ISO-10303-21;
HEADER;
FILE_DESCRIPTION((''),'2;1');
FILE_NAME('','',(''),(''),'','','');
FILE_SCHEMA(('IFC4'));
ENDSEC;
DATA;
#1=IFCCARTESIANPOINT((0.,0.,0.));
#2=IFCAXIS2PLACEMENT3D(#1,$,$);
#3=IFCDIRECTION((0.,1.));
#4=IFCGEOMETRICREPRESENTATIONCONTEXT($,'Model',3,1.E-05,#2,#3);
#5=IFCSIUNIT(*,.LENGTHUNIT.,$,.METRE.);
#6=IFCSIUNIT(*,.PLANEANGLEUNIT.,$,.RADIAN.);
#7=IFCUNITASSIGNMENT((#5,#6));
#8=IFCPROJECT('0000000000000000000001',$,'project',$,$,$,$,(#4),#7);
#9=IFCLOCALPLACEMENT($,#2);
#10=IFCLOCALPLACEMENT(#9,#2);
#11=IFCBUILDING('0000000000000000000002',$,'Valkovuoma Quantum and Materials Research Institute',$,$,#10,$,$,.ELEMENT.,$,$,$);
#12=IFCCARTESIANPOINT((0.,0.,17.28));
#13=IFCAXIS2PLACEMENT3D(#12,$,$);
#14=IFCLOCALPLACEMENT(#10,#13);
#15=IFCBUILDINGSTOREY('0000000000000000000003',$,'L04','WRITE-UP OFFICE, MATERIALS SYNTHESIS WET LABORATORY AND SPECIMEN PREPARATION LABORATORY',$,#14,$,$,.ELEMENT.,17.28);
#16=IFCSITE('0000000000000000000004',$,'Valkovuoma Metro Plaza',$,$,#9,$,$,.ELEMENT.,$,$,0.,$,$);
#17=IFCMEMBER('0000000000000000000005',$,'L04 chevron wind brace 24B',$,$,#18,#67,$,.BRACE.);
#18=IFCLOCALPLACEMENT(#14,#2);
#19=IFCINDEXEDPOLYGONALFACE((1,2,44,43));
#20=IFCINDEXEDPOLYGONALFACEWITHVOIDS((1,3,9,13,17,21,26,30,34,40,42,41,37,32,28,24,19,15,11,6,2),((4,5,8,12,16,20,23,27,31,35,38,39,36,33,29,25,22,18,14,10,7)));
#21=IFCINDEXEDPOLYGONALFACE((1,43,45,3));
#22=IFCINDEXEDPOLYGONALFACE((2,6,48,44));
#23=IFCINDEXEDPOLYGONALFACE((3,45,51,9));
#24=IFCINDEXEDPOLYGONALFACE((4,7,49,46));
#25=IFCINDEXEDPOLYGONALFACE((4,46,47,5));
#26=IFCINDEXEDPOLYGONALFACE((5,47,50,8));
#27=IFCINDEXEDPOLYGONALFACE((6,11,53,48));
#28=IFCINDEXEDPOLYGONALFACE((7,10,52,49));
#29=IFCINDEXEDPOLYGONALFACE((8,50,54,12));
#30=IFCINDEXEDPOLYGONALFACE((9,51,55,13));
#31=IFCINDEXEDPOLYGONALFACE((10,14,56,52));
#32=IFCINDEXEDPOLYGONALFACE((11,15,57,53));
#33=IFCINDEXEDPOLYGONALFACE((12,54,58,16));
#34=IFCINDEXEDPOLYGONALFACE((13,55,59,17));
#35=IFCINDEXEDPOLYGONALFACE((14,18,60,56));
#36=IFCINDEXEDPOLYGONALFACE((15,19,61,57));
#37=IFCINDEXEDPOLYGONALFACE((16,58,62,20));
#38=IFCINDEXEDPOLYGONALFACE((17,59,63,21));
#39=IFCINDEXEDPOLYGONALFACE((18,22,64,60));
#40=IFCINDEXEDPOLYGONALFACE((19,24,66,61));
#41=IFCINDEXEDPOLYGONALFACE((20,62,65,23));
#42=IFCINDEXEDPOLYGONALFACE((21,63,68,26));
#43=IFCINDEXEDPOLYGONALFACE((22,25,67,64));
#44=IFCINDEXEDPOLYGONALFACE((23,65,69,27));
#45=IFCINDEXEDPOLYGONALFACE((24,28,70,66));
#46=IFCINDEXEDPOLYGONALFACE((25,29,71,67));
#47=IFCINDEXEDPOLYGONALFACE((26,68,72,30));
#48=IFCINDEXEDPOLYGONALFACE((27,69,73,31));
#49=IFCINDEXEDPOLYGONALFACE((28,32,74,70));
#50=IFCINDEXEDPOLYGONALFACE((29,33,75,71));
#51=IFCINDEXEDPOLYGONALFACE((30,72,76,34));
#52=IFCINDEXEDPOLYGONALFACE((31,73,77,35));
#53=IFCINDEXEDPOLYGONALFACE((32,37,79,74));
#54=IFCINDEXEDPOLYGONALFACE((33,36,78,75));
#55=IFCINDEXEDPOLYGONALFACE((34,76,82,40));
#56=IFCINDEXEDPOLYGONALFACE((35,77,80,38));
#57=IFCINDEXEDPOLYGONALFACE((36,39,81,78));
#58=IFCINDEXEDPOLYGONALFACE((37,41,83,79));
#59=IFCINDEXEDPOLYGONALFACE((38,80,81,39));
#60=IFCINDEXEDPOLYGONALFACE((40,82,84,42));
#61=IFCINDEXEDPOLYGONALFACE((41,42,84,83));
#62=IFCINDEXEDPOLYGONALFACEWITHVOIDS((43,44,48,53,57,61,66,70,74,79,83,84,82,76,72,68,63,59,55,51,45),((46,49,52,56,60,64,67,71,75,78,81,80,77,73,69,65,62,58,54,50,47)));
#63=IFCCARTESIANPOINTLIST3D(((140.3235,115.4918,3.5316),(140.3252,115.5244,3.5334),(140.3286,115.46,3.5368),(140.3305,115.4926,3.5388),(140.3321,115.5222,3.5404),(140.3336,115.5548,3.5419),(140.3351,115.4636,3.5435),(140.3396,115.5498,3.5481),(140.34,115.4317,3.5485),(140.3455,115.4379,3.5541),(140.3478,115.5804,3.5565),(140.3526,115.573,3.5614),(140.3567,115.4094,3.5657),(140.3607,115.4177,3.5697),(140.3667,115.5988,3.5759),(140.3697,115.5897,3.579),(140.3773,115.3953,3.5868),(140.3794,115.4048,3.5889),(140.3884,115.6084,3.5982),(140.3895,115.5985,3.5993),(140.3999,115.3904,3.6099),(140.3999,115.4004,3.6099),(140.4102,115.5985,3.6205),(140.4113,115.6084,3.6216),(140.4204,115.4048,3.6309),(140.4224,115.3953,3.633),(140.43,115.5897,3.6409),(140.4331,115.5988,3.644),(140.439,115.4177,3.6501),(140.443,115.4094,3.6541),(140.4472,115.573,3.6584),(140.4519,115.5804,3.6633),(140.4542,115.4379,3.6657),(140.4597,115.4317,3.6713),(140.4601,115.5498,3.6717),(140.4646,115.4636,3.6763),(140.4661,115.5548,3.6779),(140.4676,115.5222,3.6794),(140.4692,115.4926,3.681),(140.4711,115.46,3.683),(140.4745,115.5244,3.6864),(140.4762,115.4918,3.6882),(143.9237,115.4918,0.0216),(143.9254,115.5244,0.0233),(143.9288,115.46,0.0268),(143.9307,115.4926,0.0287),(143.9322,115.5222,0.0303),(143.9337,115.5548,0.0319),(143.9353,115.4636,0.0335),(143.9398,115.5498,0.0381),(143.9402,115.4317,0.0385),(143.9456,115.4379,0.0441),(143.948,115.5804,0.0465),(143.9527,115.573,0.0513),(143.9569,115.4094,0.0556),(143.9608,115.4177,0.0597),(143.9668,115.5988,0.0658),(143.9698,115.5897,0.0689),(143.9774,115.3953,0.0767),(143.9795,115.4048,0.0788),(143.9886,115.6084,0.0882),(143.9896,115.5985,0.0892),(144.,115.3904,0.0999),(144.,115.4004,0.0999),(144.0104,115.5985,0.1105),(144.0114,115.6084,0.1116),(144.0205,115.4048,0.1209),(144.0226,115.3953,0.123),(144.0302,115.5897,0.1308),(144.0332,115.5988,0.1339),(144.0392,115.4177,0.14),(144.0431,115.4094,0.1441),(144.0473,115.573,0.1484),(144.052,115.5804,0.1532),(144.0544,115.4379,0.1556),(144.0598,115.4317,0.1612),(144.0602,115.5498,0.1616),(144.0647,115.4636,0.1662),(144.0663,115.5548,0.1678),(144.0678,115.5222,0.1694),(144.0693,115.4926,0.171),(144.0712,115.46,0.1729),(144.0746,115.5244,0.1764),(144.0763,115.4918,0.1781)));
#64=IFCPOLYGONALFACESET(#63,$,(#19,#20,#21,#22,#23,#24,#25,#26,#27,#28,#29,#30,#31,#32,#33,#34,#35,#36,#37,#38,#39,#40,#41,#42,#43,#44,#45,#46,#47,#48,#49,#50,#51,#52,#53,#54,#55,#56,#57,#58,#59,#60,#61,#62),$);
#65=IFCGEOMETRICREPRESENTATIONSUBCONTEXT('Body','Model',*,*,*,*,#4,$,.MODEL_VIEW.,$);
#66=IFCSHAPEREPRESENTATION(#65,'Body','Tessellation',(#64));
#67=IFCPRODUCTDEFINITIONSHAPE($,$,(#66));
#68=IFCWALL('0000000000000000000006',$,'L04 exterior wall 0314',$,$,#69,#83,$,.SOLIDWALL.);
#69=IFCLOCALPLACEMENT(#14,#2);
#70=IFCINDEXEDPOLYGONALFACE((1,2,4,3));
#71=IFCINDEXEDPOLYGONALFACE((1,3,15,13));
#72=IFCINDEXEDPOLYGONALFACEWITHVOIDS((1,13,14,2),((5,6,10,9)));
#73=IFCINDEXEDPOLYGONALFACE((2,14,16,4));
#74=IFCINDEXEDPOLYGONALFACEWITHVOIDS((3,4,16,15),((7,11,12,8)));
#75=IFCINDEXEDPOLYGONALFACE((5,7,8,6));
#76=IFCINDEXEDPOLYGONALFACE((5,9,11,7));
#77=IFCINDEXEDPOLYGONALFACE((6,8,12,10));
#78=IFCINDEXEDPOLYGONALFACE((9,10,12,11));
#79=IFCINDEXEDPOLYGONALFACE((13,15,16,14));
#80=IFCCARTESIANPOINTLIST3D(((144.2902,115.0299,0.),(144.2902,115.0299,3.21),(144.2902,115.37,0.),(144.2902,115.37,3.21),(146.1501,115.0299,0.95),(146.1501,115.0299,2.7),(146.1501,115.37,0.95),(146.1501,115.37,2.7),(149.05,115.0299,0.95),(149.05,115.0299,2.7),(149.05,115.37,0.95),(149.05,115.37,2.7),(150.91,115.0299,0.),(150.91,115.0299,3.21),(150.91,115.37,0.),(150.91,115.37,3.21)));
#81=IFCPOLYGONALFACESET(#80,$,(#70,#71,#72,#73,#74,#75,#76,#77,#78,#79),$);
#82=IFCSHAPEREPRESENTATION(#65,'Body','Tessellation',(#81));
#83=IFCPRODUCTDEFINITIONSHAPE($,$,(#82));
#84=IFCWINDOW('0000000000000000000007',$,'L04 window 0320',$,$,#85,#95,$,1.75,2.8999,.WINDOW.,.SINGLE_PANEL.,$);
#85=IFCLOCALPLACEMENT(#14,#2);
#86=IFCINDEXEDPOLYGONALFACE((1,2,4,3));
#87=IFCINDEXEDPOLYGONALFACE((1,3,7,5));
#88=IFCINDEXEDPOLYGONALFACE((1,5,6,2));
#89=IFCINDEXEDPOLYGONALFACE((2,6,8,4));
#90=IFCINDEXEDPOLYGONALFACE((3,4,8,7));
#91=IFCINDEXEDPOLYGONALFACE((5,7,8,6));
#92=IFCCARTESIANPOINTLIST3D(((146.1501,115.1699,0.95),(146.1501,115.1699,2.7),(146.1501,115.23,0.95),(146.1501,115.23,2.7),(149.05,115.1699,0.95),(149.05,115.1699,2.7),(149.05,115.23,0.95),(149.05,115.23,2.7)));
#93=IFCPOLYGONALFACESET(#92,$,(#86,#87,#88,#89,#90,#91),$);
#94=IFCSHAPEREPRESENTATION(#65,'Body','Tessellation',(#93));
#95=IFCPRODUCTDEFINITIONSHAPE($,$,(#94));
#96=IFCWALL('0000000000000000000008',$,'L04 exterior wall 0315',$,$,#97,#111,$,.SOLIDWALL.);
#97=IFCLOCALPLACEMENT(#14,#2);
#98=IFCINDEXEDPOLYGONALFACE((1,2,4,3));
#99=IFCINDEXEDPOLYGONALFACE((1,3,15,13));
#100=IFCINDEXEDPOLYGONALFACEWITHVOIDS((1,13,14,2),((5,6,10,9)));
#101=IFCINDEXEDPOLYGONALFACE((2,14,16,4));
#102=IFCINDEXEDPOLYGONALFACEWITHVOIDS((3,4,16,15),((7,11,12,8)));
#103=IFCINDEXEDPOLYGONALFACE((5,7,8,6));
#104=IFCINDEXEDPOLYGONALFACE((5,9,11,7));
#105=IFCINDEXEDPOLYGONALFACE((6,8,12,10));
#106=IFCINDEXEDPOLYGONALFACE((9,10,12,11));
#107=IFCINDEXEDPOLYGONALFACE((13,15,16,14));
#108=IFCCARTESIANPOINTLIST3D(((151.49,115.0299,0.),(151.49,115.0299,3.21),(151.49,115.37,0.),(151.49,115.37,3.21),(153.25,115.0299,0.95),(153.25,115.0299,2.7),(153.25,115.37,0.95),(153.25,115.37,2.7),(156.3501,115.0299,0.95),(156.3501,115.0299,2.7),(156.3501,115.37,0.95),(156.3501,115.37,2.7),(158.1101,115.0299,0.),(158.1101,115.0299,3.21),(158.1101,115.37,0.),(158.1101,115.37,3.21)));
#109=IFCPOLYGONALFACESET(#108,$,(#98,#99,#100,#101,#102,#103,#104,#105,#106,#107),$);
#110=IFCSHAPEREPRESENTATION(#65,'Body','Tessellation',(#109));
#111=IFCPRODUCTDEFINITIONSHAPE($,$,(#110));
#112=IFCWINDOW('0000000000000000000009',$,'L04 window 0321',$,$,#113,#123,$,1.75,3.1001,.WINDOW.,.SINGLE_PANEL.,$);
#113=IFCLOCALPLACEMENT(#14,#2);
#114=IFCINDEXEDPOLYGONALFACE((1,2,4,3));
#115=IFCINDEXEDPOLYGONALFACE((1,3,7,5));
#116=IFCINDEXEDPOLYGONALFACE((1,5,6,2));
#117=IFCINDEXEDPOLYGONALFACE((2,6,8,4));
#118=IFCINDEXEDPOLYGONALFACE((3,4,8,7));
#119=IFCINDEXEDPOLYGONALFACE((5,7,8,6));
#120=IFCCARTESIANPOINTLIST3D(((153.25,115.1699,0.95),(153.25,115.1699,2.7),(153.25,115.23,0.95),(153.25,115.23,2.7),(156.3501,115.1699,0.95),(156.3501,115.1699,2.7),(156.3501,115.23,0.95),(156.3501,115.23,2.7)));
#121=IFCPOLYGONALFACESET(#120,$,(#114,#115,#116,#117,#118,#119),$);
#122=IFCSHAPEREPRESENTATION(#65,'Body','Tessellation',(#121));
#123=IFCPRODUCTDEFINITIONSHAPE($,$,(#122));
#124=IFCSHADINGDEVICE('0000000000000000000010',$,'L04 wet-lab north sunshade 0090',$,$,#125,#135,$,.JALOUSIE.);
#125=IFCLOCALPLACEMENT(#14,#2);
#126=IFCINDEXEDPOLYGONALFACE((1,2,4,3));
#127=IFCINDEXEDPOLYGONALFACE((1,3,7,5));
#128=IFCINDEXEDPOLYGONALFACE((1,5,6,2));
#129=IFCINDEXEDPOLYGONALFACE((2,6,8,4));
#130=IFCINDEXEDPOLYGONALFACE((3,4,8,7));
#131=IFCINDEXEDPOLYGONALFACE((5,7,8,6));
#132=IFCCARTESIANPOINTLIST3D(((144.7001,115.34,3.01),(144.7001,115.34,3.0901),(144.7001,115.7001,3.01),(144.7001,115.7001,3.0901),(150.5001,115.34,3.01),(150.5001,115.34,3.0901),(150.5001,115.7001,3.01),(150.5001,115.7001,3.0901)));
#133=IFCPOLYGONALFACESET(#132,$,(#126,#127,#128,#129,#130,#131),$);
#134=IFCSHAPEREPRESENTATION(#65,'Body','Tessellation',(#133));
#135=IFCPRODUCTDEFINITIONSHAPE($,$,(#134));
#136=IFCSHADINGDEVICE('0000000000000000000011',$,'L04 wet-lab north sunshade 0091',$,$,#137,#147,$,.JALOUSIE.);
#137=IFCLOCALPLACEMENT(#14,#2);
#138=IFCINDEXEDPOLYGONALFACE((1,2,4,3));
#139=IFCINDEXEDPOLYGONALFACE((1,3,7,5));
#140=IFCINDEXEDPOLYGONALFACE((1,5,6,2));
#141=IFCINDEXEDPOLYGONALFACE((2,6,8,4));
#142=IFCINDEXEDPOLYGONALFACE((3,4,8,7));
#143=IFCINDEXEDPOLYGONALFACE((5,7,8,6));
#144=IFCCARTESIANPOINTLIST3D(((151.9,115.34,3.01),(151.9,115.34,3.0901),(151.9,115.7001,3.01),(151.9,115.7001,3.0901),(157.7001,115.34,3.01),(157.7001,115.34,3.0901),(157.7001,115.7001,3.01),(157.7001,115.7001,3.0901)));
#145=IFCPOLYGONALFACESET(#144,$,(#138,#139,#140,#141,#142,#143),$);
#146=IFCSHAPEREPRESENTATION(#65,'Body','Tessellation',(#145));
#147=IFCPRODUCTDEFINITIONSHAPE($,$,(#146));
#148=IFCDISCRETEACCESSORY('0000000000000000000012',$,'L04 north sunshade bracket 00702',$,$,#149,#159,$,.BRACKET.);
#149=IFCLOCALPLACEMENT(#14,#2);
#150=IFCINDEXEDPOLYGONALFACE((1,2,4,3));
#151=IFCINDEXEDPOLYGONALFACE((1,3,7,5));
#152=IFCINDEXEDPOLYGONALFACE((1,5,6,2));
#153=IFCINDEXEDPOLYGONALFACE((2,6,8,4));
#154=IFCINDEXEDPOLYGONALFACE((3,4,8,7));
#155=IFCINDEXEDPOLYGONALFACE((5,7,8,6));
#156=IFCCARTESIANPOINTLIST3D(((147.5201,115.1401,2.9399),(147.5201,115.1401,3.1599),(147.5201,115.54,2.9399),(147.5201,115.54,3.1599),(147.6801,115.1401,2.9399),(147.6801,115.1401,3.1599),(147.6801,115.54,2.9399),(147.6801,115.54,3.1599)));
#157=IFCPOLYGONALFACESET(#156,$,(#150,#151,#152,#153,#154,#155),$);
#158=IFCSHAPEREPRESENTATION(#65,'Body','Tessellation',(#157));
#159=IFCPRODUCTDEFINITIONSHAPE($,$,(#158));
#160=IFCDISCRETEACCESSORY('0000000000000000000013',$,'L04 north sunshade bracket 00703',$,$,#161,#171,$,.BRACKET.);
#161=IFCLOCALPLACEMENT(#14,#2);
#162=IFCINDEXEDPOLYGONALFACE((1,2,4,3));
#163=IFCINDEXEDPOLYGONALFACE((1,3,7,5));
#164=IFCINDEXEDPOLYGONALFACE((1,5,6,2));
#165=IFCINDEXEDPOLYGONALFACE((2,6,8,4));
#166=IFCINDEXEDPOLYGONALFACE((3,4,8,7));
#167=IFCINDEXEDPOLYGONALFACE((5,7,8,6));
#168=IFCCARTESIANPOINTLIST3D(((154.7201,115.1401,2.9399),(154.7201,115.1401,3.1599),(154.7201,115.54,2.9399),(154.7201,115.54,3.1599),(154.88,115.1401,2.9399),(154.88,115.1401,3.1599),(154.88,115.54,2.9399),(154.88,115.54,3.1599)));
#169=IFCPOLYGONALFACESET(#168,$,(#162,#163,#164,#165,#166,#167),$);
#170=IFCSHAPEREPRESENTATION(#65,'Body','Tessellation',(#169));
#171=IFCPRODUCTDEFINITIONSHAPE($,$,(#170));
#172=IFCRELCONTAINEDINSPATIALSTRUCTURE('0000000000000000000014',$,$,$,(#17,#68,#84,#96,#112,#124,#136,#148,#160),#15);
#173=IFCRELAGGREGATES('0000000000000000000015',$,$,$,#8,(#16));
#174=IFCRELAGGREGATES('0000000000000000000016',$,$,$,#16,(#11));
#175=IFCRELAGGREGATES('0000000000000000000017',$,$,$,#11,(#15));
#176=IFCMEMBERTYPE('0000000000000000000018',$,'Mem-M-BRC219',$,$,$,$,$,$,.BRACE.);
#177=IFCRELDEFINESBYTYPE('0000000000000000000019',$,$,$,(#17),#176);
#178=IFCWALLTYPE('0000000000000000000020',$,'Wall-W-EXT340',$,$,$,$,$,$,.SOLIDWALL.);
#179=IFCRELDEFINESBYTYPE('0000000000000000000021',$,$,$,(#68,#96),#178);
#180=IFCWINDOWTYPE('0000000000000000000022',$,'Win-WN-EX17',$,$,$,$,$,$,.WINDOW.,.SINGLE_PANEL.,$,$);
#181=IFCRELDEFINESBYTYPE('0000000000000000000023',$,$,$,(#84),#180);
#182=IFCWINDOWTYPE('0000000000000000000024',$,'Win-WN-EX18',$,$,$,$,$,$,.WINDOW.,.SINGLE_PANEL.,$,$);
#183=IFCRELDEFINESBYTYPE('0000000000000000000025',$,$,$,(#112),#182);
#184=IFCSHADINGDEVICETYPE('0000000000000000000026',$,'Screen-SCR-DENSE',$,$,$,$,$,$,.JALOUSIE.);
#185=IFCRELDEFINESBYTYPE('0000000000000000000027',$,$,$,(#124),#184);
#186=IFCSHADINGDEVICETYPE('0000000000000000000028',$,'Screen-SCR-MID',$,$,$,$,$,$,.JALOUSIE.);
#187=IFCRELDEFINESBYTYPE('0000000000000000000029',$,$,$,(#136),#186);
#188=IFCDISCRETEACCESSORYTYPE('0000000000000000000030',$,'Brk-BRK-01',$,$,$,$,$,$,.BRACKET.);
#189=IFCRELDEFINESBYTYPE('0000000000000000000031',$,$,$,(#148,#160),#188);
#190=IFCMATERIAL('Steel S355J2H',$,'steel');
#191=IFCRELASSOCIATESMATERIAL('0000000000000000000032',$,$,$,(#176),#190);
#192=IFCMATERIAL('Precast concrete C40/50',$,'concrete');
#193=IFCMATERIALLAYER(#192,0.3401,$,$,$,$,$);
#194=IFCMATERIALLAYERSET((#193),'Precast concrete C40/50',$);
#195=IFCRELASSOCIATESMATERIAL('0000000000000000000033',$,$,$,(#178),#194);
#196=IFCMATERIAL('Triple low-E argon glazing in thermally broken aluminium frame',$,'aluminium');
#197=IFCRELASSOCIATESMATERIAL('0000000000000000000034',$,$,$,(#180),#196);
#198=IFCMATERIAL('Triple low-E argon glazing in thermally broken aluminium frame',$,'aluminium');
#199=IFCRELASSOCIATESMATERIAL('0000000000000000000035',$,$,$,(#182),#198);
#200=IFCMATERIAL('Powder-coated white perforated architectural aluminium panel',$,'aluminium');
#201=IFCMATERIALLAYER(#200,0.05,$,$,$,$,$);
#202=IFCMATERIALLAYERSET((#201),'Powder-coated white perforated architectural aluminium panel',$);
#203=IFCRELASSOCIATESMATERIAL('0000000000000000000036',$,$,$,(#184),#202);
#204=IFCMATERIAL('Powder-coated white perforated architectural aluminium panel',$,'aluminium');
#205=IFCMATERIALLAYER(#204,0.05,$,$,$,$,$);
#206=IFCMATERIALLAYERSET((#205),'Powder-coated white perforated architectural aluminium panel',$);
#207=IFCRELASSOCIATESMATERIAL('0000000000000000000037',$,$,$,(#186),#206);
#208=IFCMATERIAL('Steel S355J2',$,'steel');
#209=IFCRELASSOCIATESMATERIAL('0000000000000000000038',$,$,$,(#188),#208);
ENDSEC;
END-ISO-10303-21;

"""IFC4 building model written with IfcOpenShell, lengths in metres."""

from ifc_helpers import new_model, si_unit, direction, frame, frame_2d, origin, origin_2d, place, context, subcontext, project, spatial, rectangle, hollow_circle, extrude, material, layer, layer_set, material_profile, profile_set, type_object, element, fill, save


model = new_model("IFC4")

# Units and contexts
model_context = context("Model", 3, precision=1e-05, world=origin(), true_north=direction((0.0, 1.0)))
body_context = subcontext(model_context, "Body", "Model", "MODEL_VIEW")
ifc_project = project(units=[si_unit("LENGTHUNIT", "METRE"), si_unit("PLANEANGLEUNIT", "RADIAN")], contexts=[model_context])

# Site, building, storey
site_placement = place(None, origin())
site = spatial("IfcSite", under=ifc_project, at=site_placement, Name="Valkovuoma Metro Plaza", CompositionType="ELEMENT", RefElevation=0.0)
building_placement = place(site_placement, origin())
building = spatial("IfcBuilding", under=site, at=building_placement, Name="Valkovuoma Quantum and Materials Research Institute", CompositionType="ELEMENT")
storey_placement = place(building_placement, frame((0.0, 0.0, 17.28)))
storey = spatial("IfcBuildingStorey", under=building, at=storey_placement, Name="L04", Description="WRITE-UP OFFICE, MATERIALS SYNTHESIS WET LABORATORY AND SPECIMEN PREPARATION LABORATORY", CompositionType="ELEMENT", Elevation=17.28)

# Member
ifc_material_1 = material(Name="Steel S355J2H", Category="steel")
ifc_material_profile_1 = material_profile(ifc_material_1, hollow_circle(Radius=0.1096, WallThickness=0.01, at=origin_2d()), Name="Steel S355J2H")
ifc_profile_set_1 = profile_set([ifc_material_profile_1], Name="Steel S355J2H")
member_type = type_object("IfcMemberType", Name="Mem-M-BRC219", PredefinedType="BRACE", material=ifc_profile_set_1)
member_placement = place(storey_placement, frame((144.0, 115.5, 0.0999), z_axis=(-0.716009, 0.0, 0.698091), x_axis=(0.0, -1.0, 0.0)))
element("IfcMember", 1, at=member_placement, inside=storey, type_object=member_type, Name="L04 chevron wind brace 24B", PredefinedType="BRACE", context=body_context, shape_type="SweptSolid", body=[
    extrude(hollow_circle(Radius=0.1096, WallThickness=0.01, at=origin_2d()), origin(), (0.0, 0.0, 1.0), 5.0281),
])

# Walls, openings, windows
ifc_material_2 = material(Name="Precast concrete C40/50", Category="concrete")
ifc_layer_1 = layer(ifc_material_2, 0.3401)
ifc_layer_set_1 = layer_set([ifc_layer_1], Name="Precast concrete C40/50")
wall_type = type_object("IfcWallType", Name="Wall-W-EXT340", PredefinedType="SOLIDWALL", material=ifc_layer_set_1)
wall_1_placement = place(storey_placement, frame((144.29, 115.2, 0.0), z_axis=(0.0, 0.0, 1.0), x_axis=(1.0, 0.0, 0.0)))
wall_1 = element("IfcWall", 2, at=wall_1_placement, inside=storey, type_object=wall_type, Name="L04 exterior wall 0314", PredefinedType="SOLIDWALL", context=body_context, shape_type="SweptSolid", body=[
    extrude(rectangle(XDim=6.6199, YDim=0.3401, at=frame_2d((3.3101, 0.0))), origin(), (0.0, 0.0, 1.0), 3.21),
])
opening_1_placement = place(wall_1_placement, frame((1.8601, 0.0, 0.95)))
opening_1 = element("IfcOpeningElement", 3, at=opening_1_placement, cuts=wall_1, PredefinedType="OPENING", context=body_context, shape_type="SweptSolid", body=[
    extrude(rectangle(XDim=2.8999, YDim=1.75, at=frame_2d((1.45, 0.875))), frame((0.0, 0.1802, 0.0), z_axis=(0.0, -1.0, 0.0), x_axis=(1.0, 0.0, 0.0)), (0.0, 0.0, 1.0), 0.3601),
])
ifc_material_3 = material(Name="Triple low-E argon glazing in thermally broken aluminium frame", Category="aluminium")
window_type_1 = type_object("IfcWindowType", Name="Win-WN-EX17", PartitioningType="SINGLE_PANEL", PredefinedType="WINDOW", material=ifc_material_3)
window_1_placement = place(opening_1_placement, origin())
window_1 = element("IfcWindow", 4, at=window_1_placement, inside=storey, type_object=window_type_1, Name="L04 window 0320", OverallHeight=1.75, OverallWidth=2.8999, PartitioningType="SINGLE_PANEL", PredefinedType="WINDOW", context=body_context, shape_type="SweptSolid", body=[
    extrude(rectangle(XDim=2.8999, YDim=1.75, at=frame_2d((1.45, 0.875))), frame((0.0, 0.03, 0.0), z_axis=(0.0, -1.0, 0.0), x_axis=(1.0, 0.0, 0.0)), (0.0, 0.0, 1.0), 0.0601),
])
fill(opening_1, window_1)
wall_2_placement = place(storey_placement, frame((151.49, 115.2, 0.0), z_axis=(0.0, 0.0, 1.0), x_axis=(1.0, 0.0, 0.0)))
wall_2 = element("IfcWall", 5, at=wall_2_placement, inside=storey, type_object=wall_type, Name="L04 exterior wall 0315", PredefinedType="SOLIDWALL", context=body_context, shape_type="SweptSolid", body=[
    extrude(rectangle(XDim=6.6201, YDim=0.3401, at=frame_2d((3.3101, 0.0))), origin(), (0.0, 0.0, 1.0), 3.21),
])
opening_2_placement = place(wall_2_placement, frame((1.76, 0.0, 0.95)))
opening_2 = element("IfcOpeningElement", 6, at=opening_2_placement, cuts=wall_2, PredefinedType="OPENING", context=body_context, shape_type="SweptSolid", body=[
    extrude(rectangle(XDim=3.1001, YDim=1.75, at=frame_2d((1.55, 0.875))), frame((0.0, 0.1802, 0.0), z_axis=(0.0, -1.0, 0.0), x_axis=(1.0, 0.0, 0.0)), (0.0, 0.0, 1.0), 0.3601),
])
ifc_material_4 = material(Name="Triple low-E argon glazing in thermally broken aluminium frame", Category="aluminium")
window_type_2 = type_object("IfcWindowType", Name="Win-WN-EX18", PartitioningType="SINGLE_PANEL", PredefinedType="WINDOW", material=ifc_material_4)
window_2_placement = place(opening_2_placement, origin())
window_2 = element("IfcWindow", 7, at=window_2_placement, inside=storey, type_object=window_type_2, Name="L04 window 0321", OverallHeight=1.75, OverallWidth=3.1001, PartitioningType="SINGLE_PANEL", PredefinedType="WINDOW", context=body_context, shape_type="SweptSolid", body=[
    extrude(rectangle(XDim=3.1001, YDim=1.75, at=frame_2d((1.55, 0.875))), frame((0.0, 0.03, 0.0), z_axis=(0.0, -1.0, 0.0), x_axis=(1.0, 0.0, 0.0)), (0.0, 0.0, 1.0), 0.0601),
])
fill(opening_2, window_2)

# Shading devices
ifc_material_5 = material(Name="Powder-coated white perforated architectural aluminium panel", Category="aluminium")
ifc_layer_2 = layer(ifc_material_5, 0.05)
ifc_layer_set_2 = layer_set([ifc_layer_2], Name="Powder-coated white perforated architectural aluminium panel")
shading_device_type_1 = type_object("IfcShadingDeviceType", Name="Screen-SCR-DENSE", PredefinedType="JALOUSIE", material=ifc_layer_set_2)
shading_device_1_placement = place(storey_placement, frame((147.6001, 115.52, 3.01), z_axis=(0.0, 0.0, 1.0), x_axis=(1.0, 0.0, 0.0)))
element("IfcShadingDevice", 8, at=shading_device_1_placement, inside=storey, type_object=shading_device_type_1, Name="L04 wet-lab north sunshade 0090", PredefinedType="JALOUSIE", context=body_context, shape_type="SweptSolid", body=[
    extrude(rectangle(XDim=5.8, YDim=0.3601, at=origin_2d()), origin(), (0.0, 0.0, 1.0), 0.0801),
])
ifc_material_6 = material(Name="Powder-coated white perforated architectural aluminium panel", Category="aluminium")
ifc_layer_3 = layer(ifc_material_6, 0.05)
ifc_layer_set_3 = layer_set([ifc_layer_3], Name="Powder-coated white perforated architectural aluminium panel")
shading_device_type_2 = type_object("IfcShadingDeviceType", Name="Screen-SCR-MID", PredefinedType="JALOUSIE", material=ifc_layer_set_3)
shading_device_2_placement = place(storey_placement, frame((154.8, 115.52, 3.01), z_axis=(0.0, 0.0, 1.0), x_axis=(1.0, 0.0, 0.0)))
element("IfcShadingDevice", 9, at=shading_device_2_placement, inside=storey, type_object=shading_device_type_2, Name="L04 wet-lab north sunshade 0091", PredefinedType="JALOUSIE", context=body_context, shape_type="SweptSolid", body=[
    extrude(rectangle(XDim=5.8, YDim=0.3601, at=origin_2d()), origin(), (0.0, 0.0, 1.0), 0.0801),
])

# Discrete accessories
ifc_material_7 = material(Name="Steel S355J2", Category="steel")
discrete_accessory_type_1 = type_object("IfcDiscreteAccessoryType", Name="Brk-BRK-01", PredefinedType="BRACKET", material=ifc_material_7)
for number, where, z_axis, x_axis, name in (
    (10, (147.6001, 115.3401, 2.9399), (0.0, 0.0, 1.0), (1.0, 0.0, 0.0), "L04 north sunshade bracket 00702"),
    (11, (154.8, 115.3401, 2.9399), (0.0, 0.0, 1.0), (1.0, 0.0, 0.0), "L04 north sunshade bracket 00703"),
):
    element("IfcDiscreteAccessory", number, at=place(storey_placement, frame(where, z_axis=z_axis, x_axis=x_axis)), inside=storey, type_object=discrete_accessory_type_1, Name=name, PredefinedType="BRACKET", context=body_context, shape_type="SweptSolid", body=[
        extrude(rectangle(XDim=0.1599, YDim=0.3999, at=origin_2d()), origin(), (0.0, 0.0, 1.0), 0.22),
    ])

save(model, "model.ifc")
